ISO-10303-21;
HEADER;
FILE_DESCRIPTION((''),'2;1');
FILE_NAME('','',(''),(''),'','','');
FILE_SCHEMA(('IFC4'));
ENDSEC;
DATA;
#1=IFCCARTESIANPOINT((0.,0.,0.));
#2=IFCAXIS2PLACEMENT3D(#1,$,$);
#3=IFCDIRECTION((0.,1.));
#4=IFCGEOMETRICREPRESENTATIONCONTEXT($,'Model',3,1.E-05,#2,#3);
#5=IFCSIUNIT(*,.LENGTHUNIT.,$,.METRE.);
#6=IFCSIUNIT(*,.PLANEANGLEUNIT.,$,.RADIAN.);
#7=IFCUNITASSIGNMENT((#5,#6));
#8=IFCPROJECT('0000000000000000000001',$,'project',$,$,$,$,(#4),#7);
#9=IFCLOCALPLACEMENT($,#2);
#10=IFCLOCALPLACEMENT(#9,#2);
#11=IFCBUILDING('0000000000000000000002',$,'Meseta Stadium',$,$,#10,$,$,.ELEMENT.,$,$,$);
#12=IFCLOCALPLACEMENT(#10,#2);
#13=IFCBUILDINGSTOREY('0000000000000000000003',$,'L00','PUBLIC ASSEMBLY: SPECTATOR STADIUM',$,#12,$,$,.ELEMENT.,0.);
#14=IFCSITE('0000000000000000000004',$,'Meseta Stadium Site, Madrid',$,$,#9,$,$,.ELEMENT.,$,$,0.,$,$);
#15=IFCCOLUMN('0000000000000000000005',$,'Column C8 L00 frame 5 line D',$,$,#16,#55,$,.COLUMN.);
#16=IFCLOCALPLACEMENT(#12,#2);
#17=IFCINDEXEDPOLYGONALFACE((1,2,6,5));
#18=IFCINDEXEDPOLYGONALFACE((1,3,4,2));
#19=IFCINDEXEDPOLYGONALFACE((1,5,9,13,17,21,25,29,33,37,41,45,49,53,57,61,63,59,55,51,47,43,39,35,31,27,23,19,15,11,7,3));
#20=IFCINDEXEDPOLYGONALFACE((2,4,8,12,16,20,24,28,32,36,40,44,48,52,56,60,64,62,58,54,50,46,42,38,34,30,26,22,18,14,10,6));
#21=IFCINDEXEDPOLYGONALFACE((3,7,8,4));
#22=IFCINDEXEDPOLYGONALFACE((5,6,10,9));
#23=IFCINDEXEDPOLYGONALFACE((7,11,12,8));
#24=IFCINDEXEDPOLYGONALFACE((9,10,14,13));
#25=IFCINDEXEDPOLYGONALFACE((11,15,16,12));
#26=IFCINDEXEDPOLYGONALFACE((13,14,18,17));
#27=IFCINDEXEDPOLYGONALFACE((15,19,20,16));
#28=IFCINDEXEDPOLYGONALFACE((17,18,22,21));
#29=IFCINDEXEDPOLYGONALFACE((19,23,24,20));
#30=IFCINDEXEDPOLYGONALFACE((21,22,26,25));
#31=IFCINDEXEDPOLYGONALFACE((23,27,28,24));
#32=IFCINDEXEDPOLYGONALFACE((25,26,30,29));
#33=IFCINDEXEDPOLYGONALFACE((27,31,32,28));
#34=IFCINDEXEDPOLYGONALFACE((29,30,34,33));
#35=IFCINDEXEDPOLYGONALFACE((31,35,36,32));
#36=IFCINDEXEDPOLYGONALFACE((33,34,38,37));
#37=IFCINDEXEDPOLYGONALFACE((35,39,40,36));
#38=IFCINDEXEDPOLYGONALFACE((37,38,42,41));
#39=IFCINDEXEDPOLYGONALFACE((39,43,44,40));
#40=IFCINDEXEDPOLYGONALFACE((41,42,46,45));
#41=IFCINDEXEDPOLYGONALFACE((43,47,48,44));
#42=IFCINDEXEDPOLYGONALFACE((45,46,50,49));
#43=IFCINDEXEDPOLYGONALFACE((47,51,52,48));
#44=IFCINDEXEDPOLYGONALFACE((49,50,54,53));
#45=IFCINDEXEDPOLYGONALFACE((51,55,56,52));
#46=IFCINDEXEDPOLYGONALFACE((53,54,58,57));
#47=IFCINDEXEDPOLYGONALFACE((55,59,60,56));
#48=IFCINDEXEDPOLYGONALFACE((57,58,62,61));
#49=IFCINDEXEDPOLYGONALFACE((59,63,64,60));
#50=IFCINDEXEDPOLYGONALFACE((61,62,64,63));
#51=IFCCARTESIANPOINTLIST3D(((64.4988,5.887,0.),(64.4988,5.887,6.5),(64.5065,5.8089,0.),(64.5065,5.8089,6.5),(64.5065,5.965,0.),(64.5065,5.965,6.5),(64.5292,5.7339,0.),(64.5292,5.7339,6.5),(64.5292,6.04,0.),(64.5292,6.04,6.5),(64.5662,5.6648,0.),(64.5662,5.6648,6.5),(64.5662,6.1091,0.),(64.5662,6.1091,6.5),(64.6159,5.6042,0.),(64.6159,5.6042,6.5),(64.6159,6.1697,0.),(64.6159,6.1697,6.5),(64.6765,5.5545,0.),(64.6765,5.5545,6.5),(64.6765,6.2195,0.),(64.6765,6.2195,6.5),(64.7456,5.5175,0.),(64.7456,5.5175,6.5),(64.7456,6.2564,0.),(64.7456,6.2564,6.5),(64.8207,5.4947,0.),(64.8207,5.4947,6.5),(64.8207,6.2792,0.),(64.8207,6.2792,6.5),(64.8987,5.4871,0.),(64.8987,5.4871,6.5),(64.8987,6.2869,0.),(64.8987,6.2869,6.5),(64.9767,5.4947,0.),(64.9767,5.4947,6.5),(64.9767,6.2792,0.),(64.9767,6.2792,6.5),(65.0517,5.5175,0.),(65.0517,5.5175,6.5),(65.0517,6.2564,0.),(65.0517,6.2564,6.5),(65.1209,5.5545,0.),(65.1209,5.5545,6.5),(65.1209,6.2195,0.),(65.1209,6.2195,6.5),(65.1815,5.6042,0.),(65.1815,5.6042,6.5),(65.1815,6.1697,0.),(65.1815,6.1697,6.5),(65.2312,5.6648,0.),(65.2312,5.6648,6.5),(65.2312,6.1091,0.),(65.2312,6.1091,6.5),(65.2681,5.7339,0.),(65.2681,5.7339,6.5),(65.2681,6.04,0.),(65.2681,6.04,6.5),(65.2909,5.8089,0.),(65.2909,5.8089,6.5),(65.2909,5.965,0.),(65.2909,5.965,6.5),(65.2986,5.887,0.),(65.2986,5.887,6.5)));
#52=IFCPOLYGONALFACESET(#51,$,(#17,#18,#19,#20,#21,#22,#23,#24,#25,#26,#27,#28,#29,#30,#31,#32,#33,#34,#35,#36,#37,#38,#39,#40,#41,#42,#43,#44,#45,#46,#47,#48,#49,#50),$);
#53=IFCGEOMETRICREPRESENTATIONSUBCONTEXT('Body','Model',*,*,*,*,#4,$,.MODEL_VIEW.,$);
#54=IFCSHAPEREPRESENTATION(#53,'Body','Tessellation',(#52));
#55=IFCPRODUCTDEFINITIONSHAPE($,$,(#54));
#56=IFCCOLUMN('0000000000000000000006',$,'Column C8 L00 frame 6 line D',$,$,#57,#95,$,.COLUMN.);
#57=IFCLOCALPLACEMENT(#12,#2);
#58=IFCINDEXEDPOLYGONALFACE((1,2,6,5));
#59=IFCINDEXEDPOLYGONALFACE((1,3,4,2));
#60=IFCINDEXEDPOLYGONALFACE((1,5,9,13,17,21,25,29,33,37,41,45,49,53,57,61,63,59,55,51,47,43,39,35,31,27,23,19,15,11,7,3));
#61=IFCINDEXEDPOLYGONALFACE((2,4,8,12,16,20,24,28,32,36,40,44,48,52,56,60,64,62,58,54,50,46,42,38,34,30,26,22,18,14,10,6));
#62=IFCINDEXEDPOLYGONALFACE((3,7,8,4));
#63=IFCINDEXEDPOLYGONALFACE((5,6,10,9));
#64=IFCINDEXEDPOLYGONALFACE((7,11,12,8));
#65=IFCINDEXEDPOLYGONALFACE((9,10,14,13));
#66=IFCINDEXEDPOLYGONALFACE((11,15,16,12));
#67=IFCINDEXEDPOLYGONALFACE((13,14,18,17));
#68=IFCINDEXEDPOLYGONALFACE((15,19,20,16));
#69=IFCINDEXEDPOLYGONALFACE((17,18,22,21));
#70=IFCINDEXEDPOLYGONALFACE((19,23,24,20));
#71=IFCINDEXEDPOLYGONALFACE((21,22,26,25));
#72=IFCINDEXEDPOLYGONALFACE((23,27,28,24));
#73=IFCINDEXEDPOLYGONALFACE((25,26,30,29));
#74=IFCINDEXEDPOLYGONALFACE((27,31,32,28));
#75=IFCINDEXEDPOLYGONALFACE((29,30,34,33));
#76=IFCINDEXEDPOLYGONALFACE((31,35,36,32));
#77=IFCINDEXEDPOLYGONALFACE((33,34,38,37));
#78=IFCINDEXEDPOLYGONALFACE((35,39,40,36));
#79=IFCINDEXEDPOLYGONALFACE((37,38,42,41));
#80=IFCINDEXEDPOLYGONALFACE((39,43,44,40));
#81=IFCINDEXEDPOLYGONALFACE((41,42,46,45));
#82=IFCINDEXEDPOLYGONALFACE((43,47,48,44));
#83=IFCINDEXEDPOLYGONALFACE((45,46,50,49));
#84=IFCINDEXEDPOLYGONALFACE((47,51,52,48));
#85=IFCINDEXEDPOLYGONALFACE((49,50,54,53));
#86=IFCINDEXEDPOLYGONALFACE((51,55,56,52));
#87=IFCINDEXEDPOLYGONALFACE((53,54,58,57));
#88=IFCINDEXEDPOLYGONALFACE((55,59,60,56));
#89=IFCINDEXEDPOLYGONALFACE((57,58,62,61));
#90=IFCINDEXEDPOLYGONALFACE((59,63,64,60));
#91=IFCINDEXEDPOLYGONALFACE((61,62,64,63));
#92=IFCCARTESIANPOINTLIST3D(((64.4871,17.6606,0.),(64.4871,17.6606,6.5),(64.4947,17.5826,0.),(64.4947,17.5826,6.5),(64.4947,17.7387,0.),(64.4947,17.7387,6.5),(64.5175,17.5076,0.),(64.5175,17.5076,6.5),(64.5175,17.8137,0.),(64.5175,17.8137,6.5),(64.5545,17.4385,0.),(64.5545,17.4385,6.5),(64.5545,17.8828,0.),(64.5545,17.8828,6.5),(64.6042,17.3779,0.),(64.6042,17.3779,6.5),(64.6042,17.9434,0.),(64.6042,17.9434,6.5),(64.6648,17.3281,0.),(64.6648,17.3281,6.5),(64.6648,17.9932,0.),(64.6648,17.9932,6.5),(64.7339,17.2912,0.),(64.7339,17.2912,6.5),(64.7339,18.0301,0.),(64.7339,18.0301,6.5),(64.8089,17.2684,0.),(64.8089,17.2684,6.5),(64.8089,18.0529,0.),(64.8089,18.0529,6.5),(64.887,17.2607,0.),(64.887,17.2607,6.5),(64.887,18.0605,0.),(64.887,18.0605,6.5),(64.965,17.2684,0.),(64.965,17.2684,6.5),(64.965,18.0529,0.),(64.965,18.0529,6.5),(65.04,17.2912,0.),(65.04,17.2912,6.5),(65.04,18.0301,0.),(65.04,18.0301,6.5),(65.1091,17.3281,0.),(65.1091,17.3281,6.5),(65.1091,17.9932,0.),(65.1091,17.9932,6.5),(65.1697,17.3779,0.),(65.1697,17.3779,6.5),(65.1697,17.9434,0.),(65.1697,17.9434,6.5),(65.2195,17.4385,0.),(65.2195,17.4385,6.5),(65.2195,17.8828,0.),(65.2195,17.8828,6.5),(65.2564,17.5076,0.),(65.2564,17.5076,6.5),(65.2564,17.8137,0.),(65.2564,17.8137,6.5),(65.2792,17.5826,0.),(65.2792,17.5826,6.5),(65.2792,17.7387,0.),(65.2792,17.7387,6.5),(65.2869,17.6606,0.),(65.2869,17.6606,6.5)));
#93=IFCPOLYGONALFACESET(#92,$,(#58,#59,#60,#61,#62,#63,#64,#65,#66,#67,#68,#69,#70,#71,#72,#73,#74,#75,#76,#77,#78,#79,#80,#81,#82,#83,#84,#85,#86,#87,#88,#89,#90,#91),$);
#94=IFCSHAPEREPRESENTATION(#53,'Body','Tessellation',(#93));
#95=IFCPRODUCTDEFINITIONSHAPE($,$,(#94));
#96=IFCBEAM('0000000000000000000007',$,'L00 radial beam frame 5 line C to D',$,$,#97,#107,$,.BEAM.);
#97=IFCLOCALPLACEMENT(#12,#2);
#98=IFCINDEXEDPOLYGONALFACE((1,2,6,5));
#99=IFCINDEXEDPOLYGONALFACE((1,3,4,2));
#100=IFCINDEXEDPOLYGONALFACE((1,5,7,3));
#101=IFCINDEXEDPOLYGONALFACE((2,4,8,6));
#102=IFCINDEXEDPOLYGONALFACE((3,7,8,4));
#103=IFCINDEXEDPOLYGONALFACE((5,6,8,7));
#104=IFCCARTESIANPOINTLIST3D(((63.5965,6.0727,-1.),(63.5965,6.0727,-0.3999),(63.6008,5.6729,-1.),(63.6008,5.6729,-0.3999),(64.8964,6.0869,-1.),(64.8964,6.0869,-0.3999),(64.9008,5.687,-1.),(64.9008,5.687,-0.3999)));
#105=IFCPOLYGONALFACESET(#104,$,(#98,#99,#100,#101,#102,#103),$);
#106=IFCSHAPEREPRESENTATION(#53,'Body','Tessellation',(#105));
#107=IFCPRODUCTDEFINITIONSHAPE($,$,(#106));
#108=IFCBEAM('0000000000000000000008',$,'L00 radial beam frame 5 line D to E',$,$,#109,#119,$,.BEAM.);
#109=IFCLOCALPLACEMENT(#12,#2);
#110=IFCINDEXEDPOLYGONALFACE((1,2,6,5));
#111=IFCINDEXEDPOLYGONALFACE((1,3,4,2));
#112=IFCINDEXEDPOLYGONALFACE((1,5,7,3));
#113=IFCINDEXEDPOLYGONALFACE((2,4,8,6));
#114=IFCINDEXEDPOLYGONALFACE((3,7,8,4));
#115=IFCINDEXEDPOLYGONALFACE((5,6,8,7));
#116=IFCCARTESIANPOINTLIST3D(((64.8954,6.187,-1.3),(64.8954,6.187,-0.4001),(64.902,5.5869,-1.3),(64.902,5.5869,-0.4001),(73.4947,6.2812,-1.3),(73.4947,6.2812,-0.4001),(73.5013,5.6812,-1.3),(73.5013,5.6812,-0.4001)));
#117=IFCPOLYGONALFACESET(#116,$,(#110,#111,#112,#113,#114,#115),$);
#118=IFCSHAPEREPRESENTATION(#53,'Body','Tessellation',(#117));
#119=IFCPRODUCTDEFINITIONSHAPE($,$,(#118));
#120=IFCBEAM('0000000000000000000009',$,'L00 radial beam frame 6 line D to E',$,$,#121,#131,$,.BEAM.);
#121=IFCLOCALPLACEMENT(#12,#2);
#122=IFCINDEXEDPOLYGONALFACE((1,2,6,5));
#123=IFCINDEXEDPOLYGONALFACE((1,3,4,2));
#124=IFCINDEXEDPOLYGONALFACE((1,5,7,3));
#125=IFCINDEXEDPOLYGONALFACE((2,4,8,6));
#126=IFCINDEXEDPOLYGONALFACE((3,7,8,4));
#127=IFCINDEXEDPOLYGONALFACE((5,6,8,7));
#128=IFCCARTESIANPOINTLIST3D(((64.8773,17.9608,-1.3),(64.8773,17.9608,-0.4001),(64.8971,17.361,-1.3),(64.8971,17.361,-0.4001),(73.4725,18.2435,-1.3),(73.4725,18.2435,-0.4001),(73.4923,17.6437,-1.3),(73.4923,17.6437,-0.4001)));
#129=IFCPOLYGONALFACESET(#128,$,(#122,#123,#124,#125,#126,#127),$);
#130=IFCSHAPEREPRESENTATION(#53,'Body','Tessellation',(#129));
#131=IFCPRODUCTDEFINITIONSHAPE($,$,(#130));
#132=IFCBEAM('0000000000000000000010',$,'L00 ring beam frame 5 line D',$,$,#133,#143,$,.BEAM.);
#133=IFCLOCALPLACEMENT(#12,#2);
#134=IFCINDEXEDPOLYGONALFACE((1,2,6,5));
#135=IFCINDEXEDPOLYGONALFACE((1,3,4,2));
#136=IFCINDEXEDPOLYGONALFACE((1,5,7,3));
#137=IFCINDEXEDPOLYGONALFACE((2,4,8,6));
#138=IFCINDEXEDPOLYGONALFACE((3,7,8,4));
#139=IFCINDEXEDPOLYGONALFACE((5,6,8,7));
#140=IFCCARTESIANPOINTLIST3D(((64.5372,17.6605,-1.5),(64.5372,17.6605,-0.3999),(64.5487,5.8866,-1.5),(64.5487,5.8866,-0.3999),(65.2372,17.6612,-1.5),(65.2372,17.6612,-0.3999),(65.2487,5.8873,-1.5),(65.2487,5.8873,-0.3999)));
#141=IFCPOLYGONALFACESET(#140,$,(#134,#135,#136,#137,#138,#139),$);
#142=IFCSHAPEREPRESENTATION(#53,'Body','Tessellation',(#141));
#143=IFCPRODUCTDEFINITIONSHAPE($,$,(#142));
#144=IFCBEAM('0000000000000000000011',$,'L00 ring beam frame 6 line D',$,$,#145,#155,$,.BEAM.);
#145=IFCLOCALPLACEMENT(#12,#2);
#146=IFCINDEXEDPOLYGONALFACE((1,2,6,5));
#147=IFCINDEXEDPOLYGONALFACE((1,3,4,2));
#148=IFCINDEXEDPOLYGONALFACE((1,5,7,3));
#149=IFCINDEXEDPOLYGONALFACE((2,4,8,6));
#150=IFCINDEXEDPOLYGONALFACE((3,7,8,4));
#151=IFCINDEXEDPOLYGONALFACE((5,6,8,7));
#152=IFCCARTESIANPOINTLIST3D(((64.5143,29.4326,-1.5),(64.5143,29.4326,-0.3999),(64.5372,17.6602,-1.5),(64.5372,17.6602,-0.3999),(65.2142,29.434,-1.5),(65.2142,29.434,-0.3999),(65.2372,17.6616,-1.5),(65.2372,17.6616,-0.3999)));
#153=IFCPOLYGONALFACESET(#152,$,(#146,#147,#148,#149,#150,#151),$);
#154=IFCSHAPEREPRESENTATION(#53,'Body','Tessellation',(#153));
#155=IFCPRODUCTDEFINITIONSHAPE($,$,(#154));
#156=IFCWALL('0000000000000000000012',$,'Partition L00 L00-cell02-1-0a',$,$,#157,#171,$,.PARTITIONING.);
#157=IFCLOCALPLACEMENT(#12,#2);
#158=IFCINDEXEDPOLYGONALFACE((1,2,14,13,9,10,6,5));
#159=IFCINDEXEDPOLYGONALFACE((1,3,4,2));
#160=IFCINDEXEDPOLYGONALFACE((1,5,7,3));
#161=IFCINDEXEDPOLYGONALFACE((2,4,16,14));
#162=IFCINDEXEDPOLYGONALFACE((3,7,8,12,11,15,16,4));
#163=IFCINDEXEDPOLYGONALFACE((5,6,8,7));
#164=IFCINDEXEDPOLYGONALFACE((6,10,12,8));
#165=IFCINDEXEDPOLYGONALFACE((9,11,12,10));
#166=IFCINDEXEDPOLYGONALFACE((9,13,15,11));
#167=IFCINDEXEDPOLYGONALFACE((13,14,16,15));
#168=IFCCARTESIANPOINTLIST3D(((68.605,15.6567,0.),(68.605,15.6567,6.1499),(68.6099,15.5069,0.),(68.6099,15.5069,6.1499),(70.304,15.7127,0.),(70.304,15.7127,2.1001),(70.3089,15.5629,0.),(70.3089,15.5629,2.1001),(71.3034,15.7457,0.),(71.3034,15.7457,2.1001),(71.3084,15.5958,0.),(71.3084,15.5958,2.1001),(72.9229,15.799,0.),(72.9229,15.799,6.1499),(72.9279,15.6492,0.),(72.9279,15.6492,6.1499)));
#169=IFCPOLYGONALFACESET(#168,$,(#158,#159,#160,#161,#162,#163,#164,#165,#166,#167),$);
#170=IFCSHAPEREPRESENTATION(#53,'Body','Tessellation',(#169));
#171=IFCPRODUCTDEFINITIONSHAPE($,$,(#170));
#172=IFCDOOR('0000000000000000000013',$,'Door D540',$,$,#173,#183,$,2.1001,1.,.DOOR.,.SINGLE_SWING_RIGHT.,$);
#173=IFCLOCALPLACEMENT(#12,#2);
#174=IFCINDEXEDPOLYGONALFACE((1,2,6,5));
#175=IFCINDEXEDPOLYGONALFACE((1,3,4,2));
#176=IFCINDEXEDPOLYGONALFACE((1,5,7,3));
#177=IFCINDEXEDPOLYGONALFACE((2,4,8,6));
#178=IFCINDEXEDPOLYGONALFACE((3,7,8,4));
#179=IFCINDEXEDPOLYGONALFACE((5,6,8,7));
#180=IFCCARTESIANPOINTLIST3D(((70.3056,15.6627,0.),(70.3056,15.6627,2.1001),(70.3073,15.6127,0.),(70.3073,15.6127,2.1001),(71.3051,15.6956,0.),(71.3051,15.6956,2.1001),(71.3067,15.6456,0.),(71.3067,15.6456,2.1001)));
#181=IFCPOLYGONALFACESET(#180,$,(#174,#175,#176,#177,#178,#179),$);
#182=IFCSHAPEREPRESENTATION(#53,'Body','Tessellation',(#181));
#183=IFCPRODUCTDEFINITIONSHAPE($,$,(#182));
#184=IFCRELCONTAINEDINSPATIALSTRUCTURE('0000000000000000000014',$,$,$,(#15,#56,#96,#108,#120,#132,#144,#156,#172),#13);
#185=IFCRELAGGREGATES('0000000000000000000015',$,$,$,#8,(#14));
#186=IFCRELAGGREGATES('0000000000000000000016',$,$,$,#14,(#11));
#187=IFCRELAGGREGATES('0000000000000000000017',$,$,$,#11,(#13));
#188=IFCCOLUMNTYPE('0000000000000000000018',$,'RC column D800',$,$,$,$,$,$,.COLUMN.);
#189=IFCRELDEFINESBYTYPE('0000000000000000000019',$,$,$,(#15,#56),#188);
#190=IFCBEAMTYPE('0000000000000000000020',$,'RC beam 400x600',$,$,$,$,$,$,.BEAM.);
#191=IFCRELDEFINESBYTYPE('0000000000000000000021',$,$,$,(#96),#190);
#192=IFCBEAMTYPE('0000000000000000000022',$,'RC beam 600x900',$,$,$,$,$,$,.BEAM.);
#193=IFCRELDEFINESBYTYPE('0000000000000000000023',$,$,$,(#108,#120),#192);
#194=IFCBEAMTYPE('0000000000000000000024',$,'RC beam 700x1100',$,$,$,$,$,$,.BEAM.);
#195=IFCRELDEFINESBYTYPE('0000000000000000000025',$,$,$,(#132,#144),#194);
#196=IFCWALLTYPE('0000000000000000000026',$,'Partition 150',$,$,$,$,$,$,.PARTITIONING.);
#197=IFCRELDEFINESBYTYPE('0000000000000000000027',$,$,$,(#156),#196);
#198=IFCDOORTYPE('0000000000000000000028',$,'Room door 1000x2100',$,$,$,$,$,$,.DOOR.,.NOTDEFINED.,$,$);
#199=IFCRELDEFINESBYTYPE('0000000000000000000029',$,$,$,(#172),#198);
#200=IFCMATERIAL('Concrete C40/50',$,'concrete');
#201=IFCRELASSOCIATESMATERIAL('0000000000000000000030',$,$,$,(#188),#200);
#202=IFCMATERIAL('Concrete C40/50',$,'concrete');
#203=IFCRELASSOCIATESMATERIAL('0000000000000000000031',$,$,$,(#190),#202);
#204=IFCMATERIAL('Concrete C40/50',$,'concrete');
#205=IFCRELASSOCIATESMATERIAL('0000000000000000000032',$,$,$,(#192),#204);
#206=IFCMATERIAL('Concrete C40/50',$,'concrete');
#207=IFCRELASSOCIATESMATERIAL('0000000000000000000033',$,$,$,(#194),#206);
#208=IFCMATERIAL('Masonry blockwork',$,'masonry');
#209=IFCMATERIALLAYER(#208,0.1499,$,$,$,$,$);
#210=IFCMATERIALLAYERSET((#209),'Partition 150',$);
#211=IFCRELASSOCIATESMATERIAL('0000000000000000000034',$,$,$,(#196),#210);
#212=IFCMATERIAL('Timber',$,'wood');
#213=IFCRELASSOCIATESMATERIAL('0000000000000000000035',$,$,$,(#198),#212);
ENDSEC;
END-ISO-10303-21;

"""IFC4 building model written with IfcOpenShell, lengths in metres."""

from ifc_helpers import new_model, si_unit, direction, frame, frame_2d, origin, origin_2d, place, context, subcontext, project, spatial, rectangle, circle, extrude, material, layer, layer_set, material_profile, profile_set, type_object, element, fill, save


model = new_model("IFC4")

# Units and contexts
model_context = context("Model", 3, precision=1e-05, world=origin(), true_north=direction((0.0, 1.0)))
body_context = subcontext(model_context, "Body", "Model", "MODEL_VIEW")
ifc_project = project(units=[si_unit("LENGTHUNIT", "METRE"), si_unit("PLANEANGLEUNIT", "RADIAN")], contexts=[model_context])

# Site, building, storey
site_placement = place(None, origin())
site = spatial("IfcSite", under=ifc_project, at=site_placement, Name="Meseta Stadium Site, Madrid", CompositionType="ELEMENT", RefElevation=0.0)
building_placement = place(site_placement, origin())
building = spatial("IfcBuilding", under=site, at=building_placement, Name="Meseta Stadium", CompositionType="ELEMENT")
storey_placement = place(building_placement, origin())
storey = spatial("IfcBuildingStorey", under=building, at=storey_placement, Name="L00", Description="PUBLIC ASSEMBLY: SPECTATOR STADIUM", CompositionType="ELEMENT", Elevation=0.0)

# Columns
ifc_material_1 = material(Name="Concrete C40/50", Category="concrete")
ifc_material_profile_1 = material_profile(ifc_material_1, circle(Radius=0.3999, at=origin_2d()), Name="RC D800")
ifc_profile_set_1 = profile_set([ifc_material_profile_1], Name="Concrete C40/50")
column_type = type_object("IfcColumnType", Name="RC column D800", PredefinedType="COLUMN", material=ifc_profile_set_1)
for number, where, z_axis, x_axis, name in (
    (1, (64.8987, 5.887, 0.0), (0.0, 0.0, 1.0), (1.0, 0.0, 0.0), "Column C8 L00 frame 5 line D"),
    (2, (64.887, 17.6606, 0.0), (0.0, 0.0, 1.0), (1.0, 0.0, 0.0), "Column C8 L00 frame 6 line D"),
):
    element("IfcColumn", number, at=place(storey_placement, frame(where, z_axis=z_axis, x_axis=x_axis)), inside=storey, type_object=column_type, Name=name, PredefinedType="COLUMN", context=body_context, shape_type="SweptSolid", body=[
        extrude(circle(Radius=0.3999, at=origin_2d()), origin(), (0.0, 0.0, 1.0), 6.5),
    ])

# Beams
ifc_material_2 = material(Name="Concrete C40/50", Category="concrete")
ifc_material_profile_2 = material_profile(ifc_material_2, rectangle(XDim=0.3999, YDim=0.6001, at=origin_2d()), Name="RC 400x600")
ifc_profile_set_2 = profile_set([ifc_material_profile_2], Name="Concrete C40/50")
beam_type_1 = type_object("IfcBeamType", Name="RC beam 400x600", PredefinedType="BEAM", material=ifc_profile_set_2)
beam_1_placement = place(storey_placement, frame((63.5986, 5.8728, -0.7), z_axis=(0.999941, 0.010891, 0.0), x_axis=(-0.010891, 0.999941, 0.0)))
element("IfcBeam", 3, at=beam_1_placement, inside=storey, type_object=beam_type_1, Name="L00 radial beam frame 5 line C to D", PredefinedType="BEAM", context=body_context, shape_type="SweptSolid", body=[
    extrude(rectangle(XDim=0.3999, YDim=0.6001, at=origin_2d()), origin(), (0.0, 0.0, 1.0), 1.3),
])
ifc_material_3 = material(Name="Concrete C40/50", Category="concrete")
ifc_material_profile_3 = material_profile(ifc_material_3, rectangle(XDim=0.6001, YDim=0.8999, at=origin_2d()), Name="RC 600x900")
ifc_profile_set_3 = profile_set([ifc_material_profile_3], Name="Concrete C40/50")
beam_type_2 = type_object("IfcBeamType", Name="RC beam 600x900", PredefinedType="BEAM", material=ifc_profile_set_3)
for number, where, z_axis, x_axis, name in (
    (4, (64.8987, 5.887, -0.8501), (0.99994, 0.010958, 0.0), (-0.010958, 0.99994, 0.0), "L00 radial beam frame 5 line D to E"),
    (5, (64.8872, 17.6609, -0.8501), (0.999459, 0.032874, 0.0), (-0.032874, 0.999459, 0.0), "L00 radial beam frame 6 line D to E"),
):
    element("IfcBeam", number, at=place(storey_placement, frame(where, z_axis=z_axis, x_axis=x_axis)), inside=storey, type_object=beam_type_2, Name=name, PredefinedType="BEAM", context=body_context, shape_type="SweptSolid", body=[
        extrude(rectangle(XDim=0.6001, YDim=0.8999, at=origin_2d()), origin(), (0.0, 0.0, 1.0), 8.5999),
    ])
ifc_material_4 = material(Name="Concrete C40/50", Category="concrete")
ifc_material_profile_4 = material_profile(ifc_material_4, rectangle(XDim=0.7, YDim=1.1001, at=origin_2d()), Name="RC 700x1100")
ifc_profile_set_4 = profile_set([ifc_material_profile_4], Name="Concrete C40/50")
beam_type_3 = type_object("IfcBeamType", Name="RC beam 700x1100", PredefinedType="BEAM", material=ifc_profile_set_4)
beam_2_placement = place(storey_placement, frame((64.8987, 5.887, -0.95), z_axis=(-0.000975, 1.0, 0.0), x_axis=(-1.0, -0.000975, 0.0)))
element("IfcBeam", 6, at=beam_2_placement, inside=storey, type_object=beam_type_3, Name="L00 ring beam frame 5 line D", PredefinedType="BEAM", context=body_context, shape_type="SweptSolid", body=[
    extrude(rectangle(XDim=0.7, YDim=1.1001, at=origin_2d()), origin(), (0.0, 0.0, 1.0), 11.7739),
])
beam_3_placement = place(storey_placement, frame((64.8872, 17.6609, -0.95), z_axis=(-0.001949, 0.999998, 0.0), x_axis=(-0.999998, -0.001949, 0.0)))
element("IfcBeam", 7, at=beam_3_placement, inside=storey, type_object=beam_type_3, Name="L00 ring beam frame 6 line D", PredefinedType="BEAM", context=body_context, shape_type="SweptSolid", body=[
    extrude(rectangle(XDim=0.7, YDim=1.1001, at=origin_2d()), origin(), (0.0, 0.0, 1.0), 11.7725),
])

# Wall, opening, door
ifc_material_5 = material(Name="Masonry blockwork", Category="masonry")
ifc_layer = layer(ifc_material_5, 0.1499)
ifc_layer_set = layer_set([ifc_layer], Name="Partition 150")
wall_type = type_object("IfcWallType", Name="Partition 150", PredefinedType="PARTITIONING", material=ifc_layer_set)
wall_1_placement = place(storey_placement, frame((68.6074, 15.5818, 0.0), z_axis=(0.0, 0.0, 1.0), x_axis=(0.999457, 0.032946, 0.0)))
wall_1 = element("IfcWall", 8, at=wall_1_placement, inside=storey, type_object=wall_type, Name="Partition L00 L00-cell02-1-0a", PredefinedType="PARTITIONING", context=body_context, shape_type="SweptSolid", body=[
    extrude(rectangle(XDim=4.3203, YDim=0.1499, at=frame_2d((2.1602, 0.0))), origin(), (0.0, 0.0, 1.0), 6.1499),
])
opening_1_placement = place(wall_1_placement, frame((1.7, 0.0, 0.0)))
opening_1 = element("IfcOpeningElement", 9, at=opening_1_placement, cuts=wall_1, PredefinedType="OPENING", context=body_context, shape_type="SweptSolid", body=[
    extrude(rectangle(XDim=1.0, YDim=2.1001, at=frame_2d((0.5, 1.05))), frame((0.0, 0.085, 0.0), z_axis=(0.0, -1.0, 0.0), x_axis=(1.0, 0.0, 0.0)), (0.0, 0.0, 1.0), 0.1699),
])
ifc_material_6 = material(Name="Timber", Category="wood")
door_type_1 = type_object("IfcDoorType", Name="Room door 1000x2100", OperationType="NOTDEFINED", PredefinedType="DOOR", material=ifc_material_6)
door_1_placement = place(opening_1_placement, origin())
door_1 = element("IfcDoor", 10, at=door_1_placement, inside=storey, type_object=door_type_1, Name="Door D540", OperationType="SINGLE_SWING_RIGHT", OverallHeight=2.1001, OverallWidth=1.0, PredefinedType="DOOR", context=body_context, shape_type="SweptSolid", body=[
    extrude(rectangle(XDim=1.0, YDim=2.1001, at=frame_2d((0.5, 1.05))), frame((0.0, 0.0249, 0.0), z_axis=(0.0, -1.0, 0.0), x_axis=(1.0, 0.0, 0.0)), (0.0, 0.0, 1.0), 0.05),
])
fill(opening_1, door_1)

save(model, "model.ifc")
